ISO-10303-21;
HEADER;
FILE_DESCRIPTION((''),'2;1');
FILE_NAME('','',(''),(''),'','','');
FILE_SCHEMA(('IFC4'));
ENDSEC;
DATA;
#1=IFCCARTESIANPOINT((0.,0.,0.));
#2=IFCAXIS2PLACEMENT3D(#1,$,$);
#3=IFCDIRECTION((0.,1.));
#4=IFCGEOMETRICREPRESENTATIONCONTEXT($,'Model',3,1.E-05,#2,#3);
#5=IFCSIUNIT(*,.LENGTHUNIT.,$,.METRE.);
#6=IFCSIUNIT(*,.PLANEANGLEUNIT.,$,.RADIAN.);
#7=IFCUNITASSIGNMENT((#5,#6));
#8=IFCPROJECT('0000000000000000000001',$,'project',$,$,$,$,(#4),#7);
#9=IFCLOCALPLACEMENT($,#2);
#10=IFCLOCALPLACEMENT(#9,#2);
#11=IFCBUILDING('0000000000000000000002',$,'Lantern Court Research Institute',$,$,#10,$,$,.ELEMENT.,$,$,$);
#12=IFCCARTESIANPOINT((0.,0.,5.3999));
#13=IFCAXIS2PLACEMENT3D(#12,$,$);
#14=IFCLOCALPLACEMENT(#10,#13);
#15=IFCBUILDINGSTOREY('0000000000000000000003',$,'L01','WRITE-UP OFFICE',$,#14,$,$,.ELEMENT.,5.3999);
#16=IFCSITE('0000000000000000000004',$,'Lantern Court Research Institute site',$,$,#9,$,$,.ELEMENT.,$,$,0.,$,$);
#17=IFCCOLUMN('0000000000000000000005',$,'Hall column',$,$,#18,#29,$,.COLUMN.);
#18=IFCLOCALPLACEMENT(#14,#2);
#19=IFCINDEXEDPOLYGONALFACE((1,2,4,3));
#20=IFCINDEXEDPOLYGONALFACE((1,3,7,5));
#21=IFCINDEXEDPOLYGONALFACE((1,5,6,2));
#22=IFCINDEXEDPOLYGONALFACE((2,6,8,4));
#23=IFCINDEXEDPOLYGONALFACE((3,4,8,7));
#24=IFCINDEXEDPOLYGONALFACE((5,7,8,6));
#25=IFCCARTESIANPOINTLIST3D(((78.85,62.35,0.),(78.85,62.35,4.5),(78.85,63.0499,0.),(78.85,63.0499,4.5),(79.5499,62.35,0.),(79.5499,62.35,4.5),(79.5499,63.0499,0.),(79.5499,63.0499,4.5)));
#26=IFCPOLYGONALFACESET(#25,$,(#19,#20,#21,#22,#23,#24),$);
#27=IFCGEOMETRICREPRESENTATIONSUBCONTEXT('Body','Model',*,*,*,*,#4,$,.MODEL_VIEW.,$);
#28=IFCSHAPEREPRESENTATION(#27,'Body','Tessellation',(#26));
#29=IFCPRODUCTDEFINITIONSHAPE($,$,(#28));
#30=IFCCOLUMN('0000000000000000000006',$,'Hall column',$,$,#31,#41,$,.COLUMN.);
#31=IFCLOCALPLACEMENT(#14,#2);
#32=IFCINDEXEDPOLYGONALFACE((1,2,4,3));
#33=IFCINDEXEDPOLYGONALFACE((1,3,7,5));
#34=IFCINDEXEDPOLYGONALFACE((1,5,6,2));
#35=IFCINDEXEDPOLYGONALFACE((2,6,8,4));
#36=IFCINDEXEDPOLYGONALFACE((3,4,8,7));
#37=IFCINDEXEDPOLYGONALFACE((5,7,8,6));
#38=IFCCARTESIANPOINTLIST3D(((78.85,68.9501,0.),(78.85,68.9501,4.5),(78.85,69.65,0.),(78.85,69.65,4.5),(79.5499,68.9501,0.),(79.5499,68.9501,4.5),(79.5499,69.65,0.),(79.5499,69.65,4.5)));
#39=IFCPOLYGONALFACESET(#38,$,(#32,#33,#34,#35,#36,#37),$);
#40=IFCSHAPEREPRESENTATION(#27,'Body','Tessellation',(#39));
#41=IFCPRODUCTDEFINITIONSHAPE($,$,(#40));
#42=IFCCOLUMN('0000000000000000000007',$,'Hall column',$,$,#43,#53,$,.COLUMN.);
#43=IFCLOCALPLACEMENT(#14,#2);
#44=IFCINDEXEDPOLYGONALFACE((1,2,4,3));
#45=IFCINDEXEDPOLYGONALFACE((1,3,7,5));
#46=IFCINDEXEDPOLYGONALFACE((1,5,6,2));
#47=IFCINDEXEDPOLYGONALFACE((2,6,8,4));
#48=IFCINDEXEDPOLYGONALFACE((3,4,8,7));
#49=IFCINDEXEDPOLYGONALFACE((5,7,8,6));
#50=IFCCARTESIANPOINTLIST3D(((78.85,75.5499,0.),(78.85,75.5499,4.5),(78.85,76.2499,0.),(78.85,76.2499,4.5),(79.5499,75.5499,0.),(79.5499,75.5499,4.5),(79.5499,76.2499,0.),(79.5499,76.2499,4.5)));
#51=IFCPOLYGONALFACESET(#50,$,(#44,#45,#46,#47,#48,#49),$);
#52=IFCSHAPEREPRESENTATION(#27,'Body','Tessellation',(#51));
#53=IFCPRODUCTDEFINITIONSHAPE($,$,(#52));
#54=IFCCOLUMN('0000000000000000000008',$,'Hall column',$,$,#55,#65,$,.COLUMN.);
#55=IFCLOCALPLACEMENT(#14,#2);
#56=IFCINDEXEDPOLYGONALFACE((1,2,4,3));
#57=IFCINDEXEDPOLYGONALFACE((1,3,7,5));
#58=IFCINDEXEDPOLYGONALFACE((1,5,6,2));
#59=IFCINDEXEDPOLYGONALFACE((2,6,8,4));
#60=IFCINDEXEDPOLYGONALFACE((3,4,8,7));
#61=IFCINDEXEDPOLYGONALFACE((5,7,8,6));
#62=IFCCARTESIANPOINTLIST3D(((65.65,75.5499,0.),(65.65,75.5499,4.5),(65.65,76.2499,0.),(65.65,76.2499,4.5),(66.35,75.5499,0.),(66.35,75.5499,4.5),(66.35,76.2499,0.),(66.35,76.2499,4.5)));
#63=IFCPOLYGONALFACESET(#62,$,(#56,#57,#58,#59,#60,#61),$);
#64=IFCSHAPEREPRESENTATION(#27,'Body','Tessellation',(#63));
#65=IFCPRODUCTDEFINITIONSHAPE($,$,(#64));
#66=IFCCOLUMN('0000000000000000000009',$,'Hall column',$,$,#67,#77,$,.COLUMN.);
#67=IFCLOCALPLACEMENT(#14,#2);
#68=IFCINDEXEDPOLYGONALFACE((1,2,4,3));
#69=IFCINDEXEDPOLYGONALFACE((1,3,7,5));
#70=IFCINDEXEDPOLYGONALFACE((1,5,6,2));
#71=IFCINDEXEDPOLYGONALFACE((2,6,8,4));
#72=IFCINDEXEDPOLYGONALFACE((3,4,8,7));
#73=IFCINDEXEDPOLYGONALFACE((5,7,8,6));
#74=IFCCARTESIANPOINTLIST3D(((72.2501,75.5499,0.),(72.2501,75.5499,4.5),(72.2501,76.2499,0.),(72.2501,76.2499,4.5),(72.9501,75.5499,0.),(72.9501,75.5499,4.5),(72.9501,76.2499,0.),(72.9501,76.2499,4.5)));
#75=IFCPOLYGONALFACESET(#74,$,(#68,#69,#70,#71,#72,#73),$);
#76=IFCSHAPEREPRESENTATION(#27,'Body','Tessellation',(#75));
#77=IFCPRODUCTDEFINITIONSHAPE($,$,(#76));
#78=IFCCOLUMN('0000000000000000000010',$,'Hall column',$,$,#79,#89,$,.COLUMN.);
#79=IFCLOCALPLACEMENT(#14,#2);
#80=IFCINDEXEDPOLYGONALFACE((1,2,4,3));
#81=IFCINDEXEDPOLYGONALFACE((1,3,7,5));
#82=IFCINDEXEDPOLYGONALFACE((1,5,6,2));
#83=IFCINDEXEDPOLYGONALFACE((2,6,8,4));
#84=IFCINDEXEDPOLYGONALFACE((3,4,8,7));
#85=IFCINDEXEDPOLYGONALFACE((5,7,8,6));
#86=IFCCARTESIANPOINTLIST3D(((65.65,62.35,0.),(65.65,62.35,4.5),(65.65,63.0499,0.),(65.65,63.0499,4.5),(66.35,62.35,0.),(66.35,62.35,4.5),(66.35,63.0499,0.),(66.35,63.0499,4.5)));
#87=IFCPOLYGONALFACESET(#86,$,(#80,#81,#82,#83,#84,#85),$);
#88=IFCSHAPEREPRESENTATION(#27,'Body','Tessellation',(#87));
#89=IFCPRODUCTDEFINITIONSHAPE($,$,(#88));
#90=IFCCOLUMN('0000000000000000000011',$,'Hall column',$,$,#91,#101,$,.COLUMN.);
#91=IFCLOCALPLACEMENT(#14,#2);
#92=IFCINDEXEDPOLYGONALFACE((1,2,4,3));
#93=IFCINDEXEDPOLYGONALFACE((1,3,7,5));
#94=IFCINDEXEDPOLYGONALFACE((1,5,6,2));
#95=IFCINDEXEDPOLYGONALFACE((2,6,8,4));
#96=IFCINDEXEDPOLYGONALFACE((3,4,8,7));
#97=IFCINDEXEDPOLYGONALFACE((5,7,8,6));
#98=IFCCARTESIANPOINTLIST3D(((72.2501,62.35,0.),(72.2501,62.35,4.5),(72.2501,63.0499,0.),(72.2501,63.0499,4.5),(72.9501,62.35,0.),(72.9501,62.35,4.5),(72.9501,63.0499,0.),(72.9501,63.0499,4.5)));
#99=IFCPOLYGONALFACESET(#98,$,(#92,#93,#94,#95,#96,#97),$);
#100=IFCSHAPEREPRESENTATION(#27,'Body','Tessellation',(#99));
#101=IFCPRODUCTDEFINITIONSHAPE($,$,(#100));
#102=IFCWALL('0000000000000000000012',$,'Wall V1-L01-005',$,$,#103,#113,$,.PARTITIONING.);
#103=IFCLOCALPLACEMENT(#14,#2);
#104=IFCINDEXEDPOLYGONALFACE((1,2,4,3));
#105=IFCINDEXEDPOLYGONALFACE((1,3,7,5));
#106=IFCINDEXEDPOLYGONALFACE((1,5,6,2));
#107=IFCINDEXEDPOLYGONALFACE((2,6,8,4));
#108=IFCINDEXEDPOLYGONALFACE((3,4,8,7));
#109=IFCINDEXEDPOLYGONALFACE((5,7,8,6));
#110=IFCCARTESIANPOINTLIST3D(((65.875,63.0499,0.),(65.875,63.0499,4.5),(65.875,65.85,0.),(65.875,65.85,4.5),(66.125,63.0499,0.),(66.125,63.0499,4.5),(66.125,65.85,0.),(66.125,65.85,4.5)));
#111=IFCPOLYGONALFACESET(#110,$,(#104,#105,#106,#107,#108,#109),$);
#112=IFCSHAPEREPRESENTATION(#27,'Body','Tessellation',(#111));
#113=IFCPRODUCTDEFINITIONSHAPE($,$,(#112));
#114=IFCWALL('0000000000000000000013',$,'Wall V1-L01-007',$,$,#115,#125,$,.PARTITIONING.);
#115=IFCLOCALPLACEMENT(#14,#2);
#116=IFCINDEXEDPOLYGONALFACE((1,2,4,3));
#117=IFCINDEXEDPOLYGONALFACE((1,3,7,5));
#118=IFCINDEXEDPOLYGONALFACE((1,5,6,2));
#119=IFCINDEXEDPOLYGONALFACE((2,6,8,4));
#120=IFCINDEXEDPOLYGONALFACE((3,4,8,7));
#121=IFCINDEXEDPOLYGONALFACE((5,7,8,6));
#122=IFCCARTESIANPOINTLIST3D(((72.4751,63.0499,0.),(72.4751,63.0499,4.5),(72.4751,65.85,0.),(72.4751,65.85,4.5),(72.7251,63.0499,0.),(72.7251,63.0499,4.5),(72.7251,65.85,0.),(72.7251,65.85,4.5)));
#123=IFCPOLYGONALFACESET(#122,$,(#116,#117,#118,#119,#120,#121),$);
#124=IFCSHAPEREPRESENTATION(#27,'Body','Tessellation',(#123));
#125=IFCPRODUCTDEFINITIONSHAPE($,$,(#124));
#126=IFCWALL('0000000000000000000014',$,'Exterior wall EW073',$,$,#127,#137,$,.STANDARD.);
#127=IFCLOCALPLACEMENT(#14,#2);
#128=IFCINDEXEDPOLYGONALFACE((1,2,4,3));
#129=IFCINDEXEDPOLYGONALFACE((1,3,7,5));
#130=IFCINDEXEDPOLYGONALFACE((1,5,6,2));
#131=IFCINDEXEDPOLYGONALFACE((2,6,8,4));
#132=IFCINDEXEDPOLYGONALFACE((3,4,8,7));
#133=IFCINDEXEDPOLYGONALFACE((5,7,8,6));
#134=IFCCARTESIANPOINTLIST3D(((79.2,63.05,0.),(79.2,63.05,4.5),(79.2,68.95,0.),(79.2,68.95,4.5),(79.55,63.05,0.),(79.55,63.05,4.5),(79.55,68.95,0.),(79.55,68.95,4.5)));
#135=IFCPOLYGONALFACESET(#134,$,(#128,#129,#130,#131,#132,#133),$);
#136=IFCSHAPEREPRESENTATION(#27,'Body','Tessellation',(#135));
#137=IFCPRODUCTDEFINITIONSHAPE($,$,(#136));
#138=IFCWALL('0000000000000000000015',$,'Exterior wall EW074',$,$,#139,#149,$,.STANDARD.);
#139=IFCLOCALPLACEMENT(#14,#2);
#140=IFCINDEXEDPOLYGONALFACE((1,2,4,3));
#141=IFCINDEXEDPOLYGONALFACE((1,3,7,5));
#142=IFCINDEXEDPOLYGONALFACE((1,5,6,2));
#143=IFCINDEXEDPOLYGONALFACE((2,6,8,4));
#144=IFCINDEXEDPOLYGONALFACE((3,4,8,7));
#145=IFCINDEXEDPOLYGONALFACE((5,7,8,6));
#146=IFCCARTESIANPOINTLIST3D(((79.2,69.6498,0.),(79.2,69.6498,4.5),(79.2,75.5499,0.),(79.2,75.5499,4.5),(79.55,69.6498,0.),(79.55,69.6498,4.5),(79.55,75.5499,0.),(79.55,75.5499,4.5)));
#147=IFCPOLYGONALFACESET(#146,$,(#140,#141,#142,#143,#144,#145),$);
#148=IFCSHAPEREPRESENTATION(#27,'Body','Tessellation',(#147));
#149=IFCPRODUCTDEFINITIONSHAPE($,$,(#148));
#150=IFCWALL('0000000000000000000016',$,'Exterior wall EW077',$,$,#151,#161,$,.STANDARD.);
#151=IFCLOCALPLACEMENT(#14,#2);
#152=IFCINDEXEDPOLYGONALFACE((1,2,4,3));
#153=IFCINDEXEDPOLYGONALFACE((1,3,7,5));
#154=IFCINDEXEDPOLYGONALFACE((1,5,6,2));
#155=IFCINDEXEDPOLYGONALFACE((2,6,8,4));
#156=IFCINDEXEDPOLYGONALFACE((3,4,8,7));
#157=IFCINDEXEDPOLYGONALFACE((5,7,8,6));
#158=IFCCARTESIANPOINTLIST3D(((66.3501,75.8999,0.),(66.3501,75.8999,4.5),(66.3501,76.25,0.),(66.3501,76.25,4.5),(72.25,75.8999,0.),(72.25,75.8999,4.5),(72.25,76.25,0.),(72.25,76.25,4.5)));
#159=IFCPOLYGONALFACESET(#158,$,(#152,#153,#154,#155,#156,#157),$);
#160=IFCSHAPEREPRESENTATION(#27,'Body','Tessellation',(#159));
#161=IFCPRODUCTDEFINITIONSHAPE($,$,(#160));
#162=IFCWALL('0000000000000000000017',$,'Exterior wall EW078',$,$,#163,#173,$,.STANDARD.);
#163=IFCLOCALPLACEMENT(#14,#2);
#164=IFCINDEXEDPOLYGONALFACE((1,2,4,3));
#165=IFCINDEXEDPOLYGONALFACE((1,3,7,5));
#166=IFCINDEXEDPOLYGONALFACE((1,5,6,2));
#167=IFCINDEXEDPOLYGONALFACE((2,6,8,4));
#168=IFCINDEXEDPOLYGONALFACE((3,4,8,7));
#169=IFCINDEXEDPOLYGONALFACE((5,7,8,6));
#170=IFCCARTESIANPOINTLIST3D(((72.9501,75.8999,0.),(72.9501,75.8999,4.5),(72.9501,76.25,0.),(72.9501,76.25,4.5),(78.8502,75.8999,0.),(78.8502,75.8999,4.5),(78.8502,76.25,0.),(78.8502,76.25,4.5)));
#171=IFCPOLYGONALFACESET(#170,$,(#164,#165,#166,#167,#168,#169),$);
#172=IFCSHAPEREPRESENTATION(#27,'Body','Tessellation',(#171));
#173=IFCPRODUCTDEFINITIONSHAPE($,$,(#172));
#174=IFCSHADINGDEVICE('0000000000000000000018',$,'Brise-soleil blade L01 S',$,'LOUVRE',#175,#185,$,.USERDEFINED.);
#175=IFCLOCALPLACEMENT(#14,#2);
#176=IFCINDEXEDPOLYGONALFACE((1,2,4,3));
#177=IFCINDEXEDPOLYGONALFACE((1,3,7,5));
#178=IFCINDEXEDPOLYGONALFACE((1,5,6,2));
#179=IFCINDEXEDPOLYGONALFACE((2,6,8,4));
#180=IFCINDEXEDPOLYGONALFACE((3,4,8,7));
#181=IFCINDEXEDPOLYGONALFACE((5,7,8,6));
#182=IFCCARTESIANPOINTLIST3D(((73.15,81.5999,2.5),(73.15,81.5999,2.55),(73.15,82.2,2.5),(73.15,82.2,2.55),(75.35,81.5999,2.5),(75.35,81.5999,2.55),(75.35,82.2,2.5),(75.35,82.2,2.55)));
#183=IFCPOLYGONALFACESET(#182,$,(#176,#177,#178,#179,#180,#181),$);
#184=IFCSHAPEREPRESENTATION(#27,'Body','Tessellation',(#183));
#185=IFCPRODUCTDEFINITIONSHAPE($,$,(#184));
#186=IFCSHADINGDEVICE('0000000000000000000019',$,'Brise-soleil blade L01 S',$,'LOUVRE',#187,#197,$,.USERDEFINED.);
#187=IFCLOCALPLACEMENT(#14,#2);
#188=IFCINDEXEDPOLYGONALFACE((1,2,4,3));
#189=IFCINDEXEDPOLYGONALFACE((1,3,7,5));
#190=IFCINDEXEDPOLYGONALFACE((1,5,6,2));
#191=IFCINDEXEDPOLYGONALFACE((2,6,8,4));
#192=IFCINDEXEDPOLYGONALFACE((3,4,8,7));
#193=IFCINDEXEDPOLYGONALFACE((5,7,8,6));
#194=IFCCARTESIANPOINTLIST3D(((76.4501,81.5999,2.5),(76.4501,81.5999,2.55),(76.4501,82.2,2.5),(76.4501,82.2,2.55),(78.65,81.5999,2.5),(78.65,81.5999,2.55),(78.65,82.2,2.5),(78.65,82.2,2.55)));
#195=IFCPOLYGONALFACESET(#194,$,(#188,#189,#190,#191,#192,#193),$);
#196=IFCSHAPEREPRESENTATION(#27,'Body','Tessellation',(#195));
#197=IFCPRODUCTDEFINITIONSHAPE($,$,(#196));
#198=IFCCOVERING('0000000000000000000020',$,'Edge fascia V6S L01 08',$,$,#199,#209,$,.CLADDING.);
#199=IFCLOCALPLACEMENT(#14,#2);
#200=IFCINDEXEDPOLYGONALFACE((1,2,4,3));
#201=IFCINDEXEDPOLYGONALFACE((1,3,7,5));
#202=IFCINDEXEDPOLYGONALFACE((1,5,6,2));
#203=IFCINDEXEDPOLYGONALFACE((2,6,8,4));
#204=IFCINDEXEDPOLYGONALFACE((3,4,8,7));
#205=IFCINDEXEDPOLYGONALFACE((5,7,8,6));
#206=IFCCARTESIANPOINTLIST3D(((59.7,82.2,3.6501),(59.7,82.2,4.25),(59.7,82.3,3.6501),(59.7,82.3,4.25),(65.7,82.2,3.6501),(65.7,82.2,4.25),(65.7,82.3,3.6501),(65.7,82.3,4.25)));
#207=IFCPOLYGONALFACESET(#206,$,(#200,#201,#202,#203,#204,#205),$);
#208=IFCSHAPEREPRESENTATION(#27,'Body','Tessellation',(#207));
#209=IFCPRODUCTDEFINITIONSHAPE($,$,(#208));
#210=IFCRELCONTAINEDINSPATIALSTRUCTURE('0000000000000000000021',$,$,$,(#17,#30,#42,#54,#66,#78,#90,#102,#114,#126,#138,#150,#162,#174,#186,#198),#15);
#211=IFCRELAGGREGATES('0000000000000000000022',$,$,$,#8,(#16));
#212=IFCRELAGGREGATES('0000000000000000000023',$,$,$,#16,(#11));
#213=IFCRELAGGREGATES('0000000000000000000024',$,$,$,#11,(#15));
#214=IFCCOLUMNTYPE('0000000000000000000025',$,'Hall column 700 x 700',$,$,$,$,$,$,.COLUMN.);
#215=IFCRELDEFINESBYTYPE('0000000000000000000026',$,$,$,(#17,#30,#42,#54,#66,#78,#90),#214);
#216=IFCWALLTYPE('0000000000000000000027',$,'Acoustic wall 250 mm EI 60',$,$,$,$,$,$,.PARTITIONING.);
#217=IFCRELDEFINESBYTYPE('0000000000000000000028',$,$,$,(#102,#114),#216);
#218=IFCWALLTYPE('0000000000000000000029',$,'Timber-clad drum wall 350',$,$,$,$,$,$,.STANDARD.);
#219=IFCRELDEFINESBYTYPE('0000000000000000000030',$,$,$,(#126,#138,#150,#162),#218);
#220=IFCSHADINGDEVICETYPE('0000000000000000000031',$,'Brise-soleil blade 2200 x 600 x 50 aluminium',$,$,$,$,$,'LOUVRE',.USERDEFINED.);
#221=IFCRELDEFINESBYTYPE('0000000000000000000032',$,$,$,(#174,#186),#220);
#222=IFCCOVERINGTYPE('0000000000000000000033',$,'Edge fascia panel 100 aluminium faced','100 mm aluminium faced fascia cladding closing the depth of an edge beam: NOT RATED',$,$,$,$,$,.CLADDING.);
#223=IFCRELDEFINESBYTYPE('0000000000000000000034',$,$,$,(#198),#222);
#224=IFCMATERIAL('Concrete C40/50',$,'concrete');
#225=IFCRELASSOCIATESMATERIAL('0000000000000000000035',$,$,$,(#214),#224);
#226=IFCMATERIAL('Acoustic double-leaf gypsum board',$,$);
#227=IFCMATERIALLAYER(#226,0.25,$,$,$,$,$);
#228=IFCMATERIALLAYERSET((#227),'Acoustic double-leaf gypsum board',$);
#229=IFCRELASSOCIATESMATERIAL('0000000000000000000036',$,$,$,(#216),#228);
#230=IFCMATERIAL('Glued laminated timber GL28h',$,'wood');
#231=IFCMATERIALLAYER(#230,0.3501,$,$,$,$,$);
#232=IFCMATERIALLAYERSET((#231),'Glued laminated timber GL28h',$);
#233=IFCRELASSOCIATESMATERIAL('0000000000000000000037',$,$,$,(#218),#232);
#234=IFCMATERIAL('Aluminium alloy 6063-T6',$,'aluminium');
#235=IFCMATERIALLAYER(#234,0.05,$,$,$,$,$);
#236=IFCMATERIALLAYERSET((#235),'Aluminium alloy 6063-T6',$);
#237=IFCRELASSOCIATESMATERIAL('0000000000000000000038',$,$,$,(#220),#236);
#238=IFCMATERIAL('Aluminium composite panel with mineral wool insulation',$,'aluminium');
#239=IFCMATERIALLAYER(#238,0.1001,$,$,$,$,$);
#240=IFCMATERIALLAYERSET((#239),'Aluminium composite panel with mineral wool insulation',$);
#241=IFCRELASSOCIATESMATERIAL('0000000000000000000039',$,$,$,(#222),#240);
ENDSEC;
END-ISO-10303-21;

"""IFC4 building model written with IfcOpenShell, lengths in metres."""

from ifc_helpers import new_model, si_unit, direction, frame, frame_2d, origin, origin_2d, place, context, subcontext, project, spatial, rectangle, extrude, material, layer, layer_set, material_profile, profile_set, type_object, element, save


model = new_model("IFC4")

# Units and contexts
model_context = context("Model", 3, precision=1e-05, world=origin(), true_north=direction((0.0, 1.0)))
body_context = subcontext(model_context, "Body", "Model", "MODEL_VIEW")
ifc_project = project(units=[si_unit("LENGTHUNIT", "METRE"), si_unit("PLANEANGLEUNIT", "RADIAN")], contexts=[model_context])

# Site, building, storey
site_placement = place(None, origin())
site = spatial("IfcSite", under=ifc_project, at=site_placement, Name="Lantern Court Research Institute site", CompositionType="ELEMENT", RefElevation=0.0)
building_placement = place(site_placement, origin())
building = spatial("IfcBuilding", under=site, at=building_placement, Name="Lantern Court Research Institute", CompositionType="ELEMENT")
storey_placement = place(building_placement, frame((0.0, 0.0, 5.3999)))
storey = spatial("IfcBuildingStorey", under=building, at=storey_placement, Name="L01", Description="WRITE-UP OFFICE", CompositionType="ELEMENT", Elevation=5.3999)

# Columns
ifc_material_1 = material(Name="Concrete C40/50", Category="concrete")
ifc_material_profile = material_profile(ifc_material_1, rectangle(XDim=0.7, YDim=0.7, at=origin_2d()), Name="Hall column 700 x 700")
ifc_profile_set = profile_set([ifc_material_profile], Name="Concrete C40/50")
column_type = type_object("IfcColumnType", Name="Hall column 700 x 700", PredefinedType="COLUMN", material=ifc_profile_set)
for number, where, z_axis, x_axis, name in (
    (1, (79.2, 62.7, 0.0), (0.0, 0.0, 1.0), (1.0, 0.0, 0.0), "Hall column"),
    (2, (79.2, 69.3, 0.0), (0.0, 0.0, 1.0), (1.0, 0.0, 0.0), "Hall column"),
    (3, (79.2, 75.8999, 0.0), (0.0, 0.0, 1.0), (1.0, 0.0, 0.0), "Hall column"),
    (4, (66.0, 75.8999, 0.0), (0.0, 0.0, 1.0), (1.0, 0.0, 0.0), "Hall column"),
    (5, (72.6001, 75.8999, 0.0), (0.0, 0.0, 1.0), (1.0, 0.0, 0.0), "Hall column"),
    (6, (66.0, 62.7, 0.0), (0.0, 0.0, 1.0), (1.0, 0.0, 0.0), "Hall column"),
    (7, (72.6001, 62.7, 0.0), (0.0, 0.0, 1.0), (1.0, 0.0, 0.0), "Hall column"),
):
    element("IfcColumn", number, at=place(storey_placement, frame(where, z_axis=z_axis, x_axis=x_axis)), inside=storey, type_object=column_type, Name=name, PredefinedType="COLUMN", context=body_context, shape_type="SweptSolid", body=[
        extrude(rectangle(XDim=0.7, YDim=0.7, at=origin_2d()), origin(), (0.0, 0.0, 1.0), 4.5),
    ])

# Walls
ifc_material_2 = material(Name="Acoustic double-leaf gypsum board")
ifc_layer_1 = layer(ifc_material_2, 0.25)
ifc_layer_set_1 = layer_set([ifc_layer_1], Name="Acoustic double-leaf gypsum board")
wall_type_1 = type_object("IfcWallType", Name="Acoustic wall 250 mm EI 60", PredefinedType="PARTITIONING", material=ifc_layer_set_1)
for number, where, z_axis, x_axis, name in (
    (8, (66.0, 63.05, 0.0), (0.0, 0.0, 1.0), (0.0, 1.0, 0.0), "Wall V1-L01-005"),
    (9, (72.6001, 63.05, 0.0), (0.0, 0.0, 1.0), (0.0, 1.0, 0.0), "Wall V1-L01-007"),
):
    element("IfcWall", number, at=place(storey_placement, frame(where, z_axis=z_axis, x_axis=x_axis)), inside=storey, type_object=wall_type_1, Name=name, PredefinedType="PARTITIONING", context=body_context, shape_type="SweptSolid", body=[
        extrude(rectangle(XDim=2.8, YDim=0.25, at=frame_2d((1.3999, 0.0))), origin(), (0.0, 0.0, 1.0), 4.5),
    ])
ifc_material_3 = material(Name="Glued laminated timber GL28h", Category="wood")
ifc_layer_2 = layer(ifc_material_3, 0.3501)
ifc_layer_set_2 = layer_set([ifc_layer_2], Name="Glued laminated timber GL28h")
wall_type_2 = type_object("IfcWallType", Name="Timber-clad drum wall 350", PredefinedType="STANDARD", material=ifc_layer_set_2)
wall_1_placement = place(storey_placement, frame((79.375, 68.95, 0.0), z_axis=(0.0, 0.0, 1.0), x_axis=(0.0, -1.0, 0.0)))
element("IfcWall", 10, at=wall_1_placement, inside=storey, type_object=wall_type_2, Name="Exterior wall EW073", PredefinedType="STANDARD", context=body_context, shape_type="SweptSolid", body=[
    extrude(rectangle(XDim=5.8999, YDim=0.3501, at=frame_2d((2.95, 0.0))), origin(), (0.0, 0.0, 1.0), 4.5),
])
wall_2_placement = place(storey_placement, frame((79.375, 75.55, 0.0), z_axis=(0.0, 0.0, 1.0), x_axis=(0.0, -1.0, 0.0)))
element("IfcWall", 11, at=wall_2_placement, inside=storey, type_object=wall_type_2, Name="Exterior wall EW074", PredefinedType="STANDARD", context=body_context, shape_type="SweptSolid", body=[
    extrude(rectangle(XDim=5.9001, YDim=0.3501, at=frame_2d((2.9502, 0.0))), origin(), (0.0, 0.0, 1.0), 4.5),
])
wall_3_placement = place(storey_placement, frame((66.3501, 76.075, 0.0), z_axis=(0.0, 0.0, 1.0), x_axis=(1.0, 0.0, 0.0)))
element("IfcWall", 12, at=wall_3_placement, inside=storey, type_object=wall_type_2, Name="Exterior wall EW077", PredefinedType="STANDARD", context=body_context, shape_type="SweptSolid", body=[
    extrude(rectangle(XDim=5.8999, YDim=0.3501, at=frame_2d((2.95, 0.0))), origin(), (0.0, 0.0, 1.0), 4.5),
])
wall_4_placement = place(storey_placement, frame((72.95, 76.075, 0.0), z_axis=(0.0, 0.0, 1.0), x_axis=(1.0, 0.0, 0.0)))
element("IfcWall", 13, at=wall_4_placement, inside=storey, type_object=wall_type_2, Name="Exterior wall EW078", PredefinedType="STANDARD", context=body_context, shape_type="SweptSolid", body=[
    extrude(rectangle(XDim=5.9001, YDim=0.3501, at=frame_2d((2.9502, 0.0))), origin(), (0.0, 0.0, 1.0), 4.5),
])

# Shading devices
ifc_material_4 = material(Name="Aluminium alloy 6063-T6", Category="aluminium")
ifc_layer_3 = layer(ifc_material_4, 0.05)
ifc_layer_set_3 = layer_set([ifc_layer_3], Name="Aluminium alloy 6063-T6")
shading_device_type = type_object("IfcShadingDeviceType", Name="Brise-soleil blade 2200 x 600 x 50 aluminium", ElementType="LOUVRE", PredefinedType="USERDEFINED", material=ifc_layer_set_3)
for number, where, z_axis, x_axis, name in (
    (14, (74.25, 81.8999, 2.5), (0.0, 0.0, 1.0), (-1.0, 0.0, 0.0), "Brise-soleil blade L01 S"),
    (15, (77.55, 81.8999, 2.5), (0.0, 0.0, 1.0), (-1.0, 0.0, 0.0), "Brise-soleil blade L01 S"),
):
    element("IfcShadingDevice", number, at=place(storey_placement, frame(where, z_axis=z_axis, x_axis=x_axis)), inside=storey, type_object=shading_device_type, Name=name, ObjectType="LOUVRE", PredefinedType="USERDEFINED", context=body_context, shape_type="SweptSolid", body=[
        extrude(rectangle(XDim=2.2, YDim=0.6001, at=origin_2d()), origin(), (0.0, 0.0, 1.0), 0.05),
    ])

# Covering
ifc_material_5 = material(Name="Aluminium composite panel with mineral wool insulation", Category="aluminium")
ifc_layer_4 = layer(ifc_material_5, 0.1001)
ifc_layer_set_4 = layer_set([ifc_layer_4], Name="Aluminium composite panel with mineral wool insulation")
covering_type_1 = type_object("IfcCoveringType", Name="Edge fascia panel 100 aluminium faced", Description="100 mm aluminium faced fascia cladding closing the depth of an edge beam: NOT RATED", PredefinedType="CLADDING", material=ifc_layer_set_4)
for number, where, z_axis, x_axis, name in (
    (16, (65.7, 82.25, 3.6501), (0.0, 0.0, 1.0), (-1.0, 0.0, 0.0), "Edge fascia V6S L01 08"),
):
    element("IfcCovering", number, at=place(storey_placement, frame(where, z_axis=z_axis, x_axis=x_axis)), inside=storey, type_object=covering_type_1, Name=name, PredefinedType="CLADDING", context=body_context, shape_type="SweptSolid", body=[
        extrude(rectangle(XDim=6.0, YDim=0.1001, at=frame_2d((3.0, 0.0))), origin(), (0.0, 0.0, 1.0), 0.5999),
    ])

save(model, "model.ifc")
